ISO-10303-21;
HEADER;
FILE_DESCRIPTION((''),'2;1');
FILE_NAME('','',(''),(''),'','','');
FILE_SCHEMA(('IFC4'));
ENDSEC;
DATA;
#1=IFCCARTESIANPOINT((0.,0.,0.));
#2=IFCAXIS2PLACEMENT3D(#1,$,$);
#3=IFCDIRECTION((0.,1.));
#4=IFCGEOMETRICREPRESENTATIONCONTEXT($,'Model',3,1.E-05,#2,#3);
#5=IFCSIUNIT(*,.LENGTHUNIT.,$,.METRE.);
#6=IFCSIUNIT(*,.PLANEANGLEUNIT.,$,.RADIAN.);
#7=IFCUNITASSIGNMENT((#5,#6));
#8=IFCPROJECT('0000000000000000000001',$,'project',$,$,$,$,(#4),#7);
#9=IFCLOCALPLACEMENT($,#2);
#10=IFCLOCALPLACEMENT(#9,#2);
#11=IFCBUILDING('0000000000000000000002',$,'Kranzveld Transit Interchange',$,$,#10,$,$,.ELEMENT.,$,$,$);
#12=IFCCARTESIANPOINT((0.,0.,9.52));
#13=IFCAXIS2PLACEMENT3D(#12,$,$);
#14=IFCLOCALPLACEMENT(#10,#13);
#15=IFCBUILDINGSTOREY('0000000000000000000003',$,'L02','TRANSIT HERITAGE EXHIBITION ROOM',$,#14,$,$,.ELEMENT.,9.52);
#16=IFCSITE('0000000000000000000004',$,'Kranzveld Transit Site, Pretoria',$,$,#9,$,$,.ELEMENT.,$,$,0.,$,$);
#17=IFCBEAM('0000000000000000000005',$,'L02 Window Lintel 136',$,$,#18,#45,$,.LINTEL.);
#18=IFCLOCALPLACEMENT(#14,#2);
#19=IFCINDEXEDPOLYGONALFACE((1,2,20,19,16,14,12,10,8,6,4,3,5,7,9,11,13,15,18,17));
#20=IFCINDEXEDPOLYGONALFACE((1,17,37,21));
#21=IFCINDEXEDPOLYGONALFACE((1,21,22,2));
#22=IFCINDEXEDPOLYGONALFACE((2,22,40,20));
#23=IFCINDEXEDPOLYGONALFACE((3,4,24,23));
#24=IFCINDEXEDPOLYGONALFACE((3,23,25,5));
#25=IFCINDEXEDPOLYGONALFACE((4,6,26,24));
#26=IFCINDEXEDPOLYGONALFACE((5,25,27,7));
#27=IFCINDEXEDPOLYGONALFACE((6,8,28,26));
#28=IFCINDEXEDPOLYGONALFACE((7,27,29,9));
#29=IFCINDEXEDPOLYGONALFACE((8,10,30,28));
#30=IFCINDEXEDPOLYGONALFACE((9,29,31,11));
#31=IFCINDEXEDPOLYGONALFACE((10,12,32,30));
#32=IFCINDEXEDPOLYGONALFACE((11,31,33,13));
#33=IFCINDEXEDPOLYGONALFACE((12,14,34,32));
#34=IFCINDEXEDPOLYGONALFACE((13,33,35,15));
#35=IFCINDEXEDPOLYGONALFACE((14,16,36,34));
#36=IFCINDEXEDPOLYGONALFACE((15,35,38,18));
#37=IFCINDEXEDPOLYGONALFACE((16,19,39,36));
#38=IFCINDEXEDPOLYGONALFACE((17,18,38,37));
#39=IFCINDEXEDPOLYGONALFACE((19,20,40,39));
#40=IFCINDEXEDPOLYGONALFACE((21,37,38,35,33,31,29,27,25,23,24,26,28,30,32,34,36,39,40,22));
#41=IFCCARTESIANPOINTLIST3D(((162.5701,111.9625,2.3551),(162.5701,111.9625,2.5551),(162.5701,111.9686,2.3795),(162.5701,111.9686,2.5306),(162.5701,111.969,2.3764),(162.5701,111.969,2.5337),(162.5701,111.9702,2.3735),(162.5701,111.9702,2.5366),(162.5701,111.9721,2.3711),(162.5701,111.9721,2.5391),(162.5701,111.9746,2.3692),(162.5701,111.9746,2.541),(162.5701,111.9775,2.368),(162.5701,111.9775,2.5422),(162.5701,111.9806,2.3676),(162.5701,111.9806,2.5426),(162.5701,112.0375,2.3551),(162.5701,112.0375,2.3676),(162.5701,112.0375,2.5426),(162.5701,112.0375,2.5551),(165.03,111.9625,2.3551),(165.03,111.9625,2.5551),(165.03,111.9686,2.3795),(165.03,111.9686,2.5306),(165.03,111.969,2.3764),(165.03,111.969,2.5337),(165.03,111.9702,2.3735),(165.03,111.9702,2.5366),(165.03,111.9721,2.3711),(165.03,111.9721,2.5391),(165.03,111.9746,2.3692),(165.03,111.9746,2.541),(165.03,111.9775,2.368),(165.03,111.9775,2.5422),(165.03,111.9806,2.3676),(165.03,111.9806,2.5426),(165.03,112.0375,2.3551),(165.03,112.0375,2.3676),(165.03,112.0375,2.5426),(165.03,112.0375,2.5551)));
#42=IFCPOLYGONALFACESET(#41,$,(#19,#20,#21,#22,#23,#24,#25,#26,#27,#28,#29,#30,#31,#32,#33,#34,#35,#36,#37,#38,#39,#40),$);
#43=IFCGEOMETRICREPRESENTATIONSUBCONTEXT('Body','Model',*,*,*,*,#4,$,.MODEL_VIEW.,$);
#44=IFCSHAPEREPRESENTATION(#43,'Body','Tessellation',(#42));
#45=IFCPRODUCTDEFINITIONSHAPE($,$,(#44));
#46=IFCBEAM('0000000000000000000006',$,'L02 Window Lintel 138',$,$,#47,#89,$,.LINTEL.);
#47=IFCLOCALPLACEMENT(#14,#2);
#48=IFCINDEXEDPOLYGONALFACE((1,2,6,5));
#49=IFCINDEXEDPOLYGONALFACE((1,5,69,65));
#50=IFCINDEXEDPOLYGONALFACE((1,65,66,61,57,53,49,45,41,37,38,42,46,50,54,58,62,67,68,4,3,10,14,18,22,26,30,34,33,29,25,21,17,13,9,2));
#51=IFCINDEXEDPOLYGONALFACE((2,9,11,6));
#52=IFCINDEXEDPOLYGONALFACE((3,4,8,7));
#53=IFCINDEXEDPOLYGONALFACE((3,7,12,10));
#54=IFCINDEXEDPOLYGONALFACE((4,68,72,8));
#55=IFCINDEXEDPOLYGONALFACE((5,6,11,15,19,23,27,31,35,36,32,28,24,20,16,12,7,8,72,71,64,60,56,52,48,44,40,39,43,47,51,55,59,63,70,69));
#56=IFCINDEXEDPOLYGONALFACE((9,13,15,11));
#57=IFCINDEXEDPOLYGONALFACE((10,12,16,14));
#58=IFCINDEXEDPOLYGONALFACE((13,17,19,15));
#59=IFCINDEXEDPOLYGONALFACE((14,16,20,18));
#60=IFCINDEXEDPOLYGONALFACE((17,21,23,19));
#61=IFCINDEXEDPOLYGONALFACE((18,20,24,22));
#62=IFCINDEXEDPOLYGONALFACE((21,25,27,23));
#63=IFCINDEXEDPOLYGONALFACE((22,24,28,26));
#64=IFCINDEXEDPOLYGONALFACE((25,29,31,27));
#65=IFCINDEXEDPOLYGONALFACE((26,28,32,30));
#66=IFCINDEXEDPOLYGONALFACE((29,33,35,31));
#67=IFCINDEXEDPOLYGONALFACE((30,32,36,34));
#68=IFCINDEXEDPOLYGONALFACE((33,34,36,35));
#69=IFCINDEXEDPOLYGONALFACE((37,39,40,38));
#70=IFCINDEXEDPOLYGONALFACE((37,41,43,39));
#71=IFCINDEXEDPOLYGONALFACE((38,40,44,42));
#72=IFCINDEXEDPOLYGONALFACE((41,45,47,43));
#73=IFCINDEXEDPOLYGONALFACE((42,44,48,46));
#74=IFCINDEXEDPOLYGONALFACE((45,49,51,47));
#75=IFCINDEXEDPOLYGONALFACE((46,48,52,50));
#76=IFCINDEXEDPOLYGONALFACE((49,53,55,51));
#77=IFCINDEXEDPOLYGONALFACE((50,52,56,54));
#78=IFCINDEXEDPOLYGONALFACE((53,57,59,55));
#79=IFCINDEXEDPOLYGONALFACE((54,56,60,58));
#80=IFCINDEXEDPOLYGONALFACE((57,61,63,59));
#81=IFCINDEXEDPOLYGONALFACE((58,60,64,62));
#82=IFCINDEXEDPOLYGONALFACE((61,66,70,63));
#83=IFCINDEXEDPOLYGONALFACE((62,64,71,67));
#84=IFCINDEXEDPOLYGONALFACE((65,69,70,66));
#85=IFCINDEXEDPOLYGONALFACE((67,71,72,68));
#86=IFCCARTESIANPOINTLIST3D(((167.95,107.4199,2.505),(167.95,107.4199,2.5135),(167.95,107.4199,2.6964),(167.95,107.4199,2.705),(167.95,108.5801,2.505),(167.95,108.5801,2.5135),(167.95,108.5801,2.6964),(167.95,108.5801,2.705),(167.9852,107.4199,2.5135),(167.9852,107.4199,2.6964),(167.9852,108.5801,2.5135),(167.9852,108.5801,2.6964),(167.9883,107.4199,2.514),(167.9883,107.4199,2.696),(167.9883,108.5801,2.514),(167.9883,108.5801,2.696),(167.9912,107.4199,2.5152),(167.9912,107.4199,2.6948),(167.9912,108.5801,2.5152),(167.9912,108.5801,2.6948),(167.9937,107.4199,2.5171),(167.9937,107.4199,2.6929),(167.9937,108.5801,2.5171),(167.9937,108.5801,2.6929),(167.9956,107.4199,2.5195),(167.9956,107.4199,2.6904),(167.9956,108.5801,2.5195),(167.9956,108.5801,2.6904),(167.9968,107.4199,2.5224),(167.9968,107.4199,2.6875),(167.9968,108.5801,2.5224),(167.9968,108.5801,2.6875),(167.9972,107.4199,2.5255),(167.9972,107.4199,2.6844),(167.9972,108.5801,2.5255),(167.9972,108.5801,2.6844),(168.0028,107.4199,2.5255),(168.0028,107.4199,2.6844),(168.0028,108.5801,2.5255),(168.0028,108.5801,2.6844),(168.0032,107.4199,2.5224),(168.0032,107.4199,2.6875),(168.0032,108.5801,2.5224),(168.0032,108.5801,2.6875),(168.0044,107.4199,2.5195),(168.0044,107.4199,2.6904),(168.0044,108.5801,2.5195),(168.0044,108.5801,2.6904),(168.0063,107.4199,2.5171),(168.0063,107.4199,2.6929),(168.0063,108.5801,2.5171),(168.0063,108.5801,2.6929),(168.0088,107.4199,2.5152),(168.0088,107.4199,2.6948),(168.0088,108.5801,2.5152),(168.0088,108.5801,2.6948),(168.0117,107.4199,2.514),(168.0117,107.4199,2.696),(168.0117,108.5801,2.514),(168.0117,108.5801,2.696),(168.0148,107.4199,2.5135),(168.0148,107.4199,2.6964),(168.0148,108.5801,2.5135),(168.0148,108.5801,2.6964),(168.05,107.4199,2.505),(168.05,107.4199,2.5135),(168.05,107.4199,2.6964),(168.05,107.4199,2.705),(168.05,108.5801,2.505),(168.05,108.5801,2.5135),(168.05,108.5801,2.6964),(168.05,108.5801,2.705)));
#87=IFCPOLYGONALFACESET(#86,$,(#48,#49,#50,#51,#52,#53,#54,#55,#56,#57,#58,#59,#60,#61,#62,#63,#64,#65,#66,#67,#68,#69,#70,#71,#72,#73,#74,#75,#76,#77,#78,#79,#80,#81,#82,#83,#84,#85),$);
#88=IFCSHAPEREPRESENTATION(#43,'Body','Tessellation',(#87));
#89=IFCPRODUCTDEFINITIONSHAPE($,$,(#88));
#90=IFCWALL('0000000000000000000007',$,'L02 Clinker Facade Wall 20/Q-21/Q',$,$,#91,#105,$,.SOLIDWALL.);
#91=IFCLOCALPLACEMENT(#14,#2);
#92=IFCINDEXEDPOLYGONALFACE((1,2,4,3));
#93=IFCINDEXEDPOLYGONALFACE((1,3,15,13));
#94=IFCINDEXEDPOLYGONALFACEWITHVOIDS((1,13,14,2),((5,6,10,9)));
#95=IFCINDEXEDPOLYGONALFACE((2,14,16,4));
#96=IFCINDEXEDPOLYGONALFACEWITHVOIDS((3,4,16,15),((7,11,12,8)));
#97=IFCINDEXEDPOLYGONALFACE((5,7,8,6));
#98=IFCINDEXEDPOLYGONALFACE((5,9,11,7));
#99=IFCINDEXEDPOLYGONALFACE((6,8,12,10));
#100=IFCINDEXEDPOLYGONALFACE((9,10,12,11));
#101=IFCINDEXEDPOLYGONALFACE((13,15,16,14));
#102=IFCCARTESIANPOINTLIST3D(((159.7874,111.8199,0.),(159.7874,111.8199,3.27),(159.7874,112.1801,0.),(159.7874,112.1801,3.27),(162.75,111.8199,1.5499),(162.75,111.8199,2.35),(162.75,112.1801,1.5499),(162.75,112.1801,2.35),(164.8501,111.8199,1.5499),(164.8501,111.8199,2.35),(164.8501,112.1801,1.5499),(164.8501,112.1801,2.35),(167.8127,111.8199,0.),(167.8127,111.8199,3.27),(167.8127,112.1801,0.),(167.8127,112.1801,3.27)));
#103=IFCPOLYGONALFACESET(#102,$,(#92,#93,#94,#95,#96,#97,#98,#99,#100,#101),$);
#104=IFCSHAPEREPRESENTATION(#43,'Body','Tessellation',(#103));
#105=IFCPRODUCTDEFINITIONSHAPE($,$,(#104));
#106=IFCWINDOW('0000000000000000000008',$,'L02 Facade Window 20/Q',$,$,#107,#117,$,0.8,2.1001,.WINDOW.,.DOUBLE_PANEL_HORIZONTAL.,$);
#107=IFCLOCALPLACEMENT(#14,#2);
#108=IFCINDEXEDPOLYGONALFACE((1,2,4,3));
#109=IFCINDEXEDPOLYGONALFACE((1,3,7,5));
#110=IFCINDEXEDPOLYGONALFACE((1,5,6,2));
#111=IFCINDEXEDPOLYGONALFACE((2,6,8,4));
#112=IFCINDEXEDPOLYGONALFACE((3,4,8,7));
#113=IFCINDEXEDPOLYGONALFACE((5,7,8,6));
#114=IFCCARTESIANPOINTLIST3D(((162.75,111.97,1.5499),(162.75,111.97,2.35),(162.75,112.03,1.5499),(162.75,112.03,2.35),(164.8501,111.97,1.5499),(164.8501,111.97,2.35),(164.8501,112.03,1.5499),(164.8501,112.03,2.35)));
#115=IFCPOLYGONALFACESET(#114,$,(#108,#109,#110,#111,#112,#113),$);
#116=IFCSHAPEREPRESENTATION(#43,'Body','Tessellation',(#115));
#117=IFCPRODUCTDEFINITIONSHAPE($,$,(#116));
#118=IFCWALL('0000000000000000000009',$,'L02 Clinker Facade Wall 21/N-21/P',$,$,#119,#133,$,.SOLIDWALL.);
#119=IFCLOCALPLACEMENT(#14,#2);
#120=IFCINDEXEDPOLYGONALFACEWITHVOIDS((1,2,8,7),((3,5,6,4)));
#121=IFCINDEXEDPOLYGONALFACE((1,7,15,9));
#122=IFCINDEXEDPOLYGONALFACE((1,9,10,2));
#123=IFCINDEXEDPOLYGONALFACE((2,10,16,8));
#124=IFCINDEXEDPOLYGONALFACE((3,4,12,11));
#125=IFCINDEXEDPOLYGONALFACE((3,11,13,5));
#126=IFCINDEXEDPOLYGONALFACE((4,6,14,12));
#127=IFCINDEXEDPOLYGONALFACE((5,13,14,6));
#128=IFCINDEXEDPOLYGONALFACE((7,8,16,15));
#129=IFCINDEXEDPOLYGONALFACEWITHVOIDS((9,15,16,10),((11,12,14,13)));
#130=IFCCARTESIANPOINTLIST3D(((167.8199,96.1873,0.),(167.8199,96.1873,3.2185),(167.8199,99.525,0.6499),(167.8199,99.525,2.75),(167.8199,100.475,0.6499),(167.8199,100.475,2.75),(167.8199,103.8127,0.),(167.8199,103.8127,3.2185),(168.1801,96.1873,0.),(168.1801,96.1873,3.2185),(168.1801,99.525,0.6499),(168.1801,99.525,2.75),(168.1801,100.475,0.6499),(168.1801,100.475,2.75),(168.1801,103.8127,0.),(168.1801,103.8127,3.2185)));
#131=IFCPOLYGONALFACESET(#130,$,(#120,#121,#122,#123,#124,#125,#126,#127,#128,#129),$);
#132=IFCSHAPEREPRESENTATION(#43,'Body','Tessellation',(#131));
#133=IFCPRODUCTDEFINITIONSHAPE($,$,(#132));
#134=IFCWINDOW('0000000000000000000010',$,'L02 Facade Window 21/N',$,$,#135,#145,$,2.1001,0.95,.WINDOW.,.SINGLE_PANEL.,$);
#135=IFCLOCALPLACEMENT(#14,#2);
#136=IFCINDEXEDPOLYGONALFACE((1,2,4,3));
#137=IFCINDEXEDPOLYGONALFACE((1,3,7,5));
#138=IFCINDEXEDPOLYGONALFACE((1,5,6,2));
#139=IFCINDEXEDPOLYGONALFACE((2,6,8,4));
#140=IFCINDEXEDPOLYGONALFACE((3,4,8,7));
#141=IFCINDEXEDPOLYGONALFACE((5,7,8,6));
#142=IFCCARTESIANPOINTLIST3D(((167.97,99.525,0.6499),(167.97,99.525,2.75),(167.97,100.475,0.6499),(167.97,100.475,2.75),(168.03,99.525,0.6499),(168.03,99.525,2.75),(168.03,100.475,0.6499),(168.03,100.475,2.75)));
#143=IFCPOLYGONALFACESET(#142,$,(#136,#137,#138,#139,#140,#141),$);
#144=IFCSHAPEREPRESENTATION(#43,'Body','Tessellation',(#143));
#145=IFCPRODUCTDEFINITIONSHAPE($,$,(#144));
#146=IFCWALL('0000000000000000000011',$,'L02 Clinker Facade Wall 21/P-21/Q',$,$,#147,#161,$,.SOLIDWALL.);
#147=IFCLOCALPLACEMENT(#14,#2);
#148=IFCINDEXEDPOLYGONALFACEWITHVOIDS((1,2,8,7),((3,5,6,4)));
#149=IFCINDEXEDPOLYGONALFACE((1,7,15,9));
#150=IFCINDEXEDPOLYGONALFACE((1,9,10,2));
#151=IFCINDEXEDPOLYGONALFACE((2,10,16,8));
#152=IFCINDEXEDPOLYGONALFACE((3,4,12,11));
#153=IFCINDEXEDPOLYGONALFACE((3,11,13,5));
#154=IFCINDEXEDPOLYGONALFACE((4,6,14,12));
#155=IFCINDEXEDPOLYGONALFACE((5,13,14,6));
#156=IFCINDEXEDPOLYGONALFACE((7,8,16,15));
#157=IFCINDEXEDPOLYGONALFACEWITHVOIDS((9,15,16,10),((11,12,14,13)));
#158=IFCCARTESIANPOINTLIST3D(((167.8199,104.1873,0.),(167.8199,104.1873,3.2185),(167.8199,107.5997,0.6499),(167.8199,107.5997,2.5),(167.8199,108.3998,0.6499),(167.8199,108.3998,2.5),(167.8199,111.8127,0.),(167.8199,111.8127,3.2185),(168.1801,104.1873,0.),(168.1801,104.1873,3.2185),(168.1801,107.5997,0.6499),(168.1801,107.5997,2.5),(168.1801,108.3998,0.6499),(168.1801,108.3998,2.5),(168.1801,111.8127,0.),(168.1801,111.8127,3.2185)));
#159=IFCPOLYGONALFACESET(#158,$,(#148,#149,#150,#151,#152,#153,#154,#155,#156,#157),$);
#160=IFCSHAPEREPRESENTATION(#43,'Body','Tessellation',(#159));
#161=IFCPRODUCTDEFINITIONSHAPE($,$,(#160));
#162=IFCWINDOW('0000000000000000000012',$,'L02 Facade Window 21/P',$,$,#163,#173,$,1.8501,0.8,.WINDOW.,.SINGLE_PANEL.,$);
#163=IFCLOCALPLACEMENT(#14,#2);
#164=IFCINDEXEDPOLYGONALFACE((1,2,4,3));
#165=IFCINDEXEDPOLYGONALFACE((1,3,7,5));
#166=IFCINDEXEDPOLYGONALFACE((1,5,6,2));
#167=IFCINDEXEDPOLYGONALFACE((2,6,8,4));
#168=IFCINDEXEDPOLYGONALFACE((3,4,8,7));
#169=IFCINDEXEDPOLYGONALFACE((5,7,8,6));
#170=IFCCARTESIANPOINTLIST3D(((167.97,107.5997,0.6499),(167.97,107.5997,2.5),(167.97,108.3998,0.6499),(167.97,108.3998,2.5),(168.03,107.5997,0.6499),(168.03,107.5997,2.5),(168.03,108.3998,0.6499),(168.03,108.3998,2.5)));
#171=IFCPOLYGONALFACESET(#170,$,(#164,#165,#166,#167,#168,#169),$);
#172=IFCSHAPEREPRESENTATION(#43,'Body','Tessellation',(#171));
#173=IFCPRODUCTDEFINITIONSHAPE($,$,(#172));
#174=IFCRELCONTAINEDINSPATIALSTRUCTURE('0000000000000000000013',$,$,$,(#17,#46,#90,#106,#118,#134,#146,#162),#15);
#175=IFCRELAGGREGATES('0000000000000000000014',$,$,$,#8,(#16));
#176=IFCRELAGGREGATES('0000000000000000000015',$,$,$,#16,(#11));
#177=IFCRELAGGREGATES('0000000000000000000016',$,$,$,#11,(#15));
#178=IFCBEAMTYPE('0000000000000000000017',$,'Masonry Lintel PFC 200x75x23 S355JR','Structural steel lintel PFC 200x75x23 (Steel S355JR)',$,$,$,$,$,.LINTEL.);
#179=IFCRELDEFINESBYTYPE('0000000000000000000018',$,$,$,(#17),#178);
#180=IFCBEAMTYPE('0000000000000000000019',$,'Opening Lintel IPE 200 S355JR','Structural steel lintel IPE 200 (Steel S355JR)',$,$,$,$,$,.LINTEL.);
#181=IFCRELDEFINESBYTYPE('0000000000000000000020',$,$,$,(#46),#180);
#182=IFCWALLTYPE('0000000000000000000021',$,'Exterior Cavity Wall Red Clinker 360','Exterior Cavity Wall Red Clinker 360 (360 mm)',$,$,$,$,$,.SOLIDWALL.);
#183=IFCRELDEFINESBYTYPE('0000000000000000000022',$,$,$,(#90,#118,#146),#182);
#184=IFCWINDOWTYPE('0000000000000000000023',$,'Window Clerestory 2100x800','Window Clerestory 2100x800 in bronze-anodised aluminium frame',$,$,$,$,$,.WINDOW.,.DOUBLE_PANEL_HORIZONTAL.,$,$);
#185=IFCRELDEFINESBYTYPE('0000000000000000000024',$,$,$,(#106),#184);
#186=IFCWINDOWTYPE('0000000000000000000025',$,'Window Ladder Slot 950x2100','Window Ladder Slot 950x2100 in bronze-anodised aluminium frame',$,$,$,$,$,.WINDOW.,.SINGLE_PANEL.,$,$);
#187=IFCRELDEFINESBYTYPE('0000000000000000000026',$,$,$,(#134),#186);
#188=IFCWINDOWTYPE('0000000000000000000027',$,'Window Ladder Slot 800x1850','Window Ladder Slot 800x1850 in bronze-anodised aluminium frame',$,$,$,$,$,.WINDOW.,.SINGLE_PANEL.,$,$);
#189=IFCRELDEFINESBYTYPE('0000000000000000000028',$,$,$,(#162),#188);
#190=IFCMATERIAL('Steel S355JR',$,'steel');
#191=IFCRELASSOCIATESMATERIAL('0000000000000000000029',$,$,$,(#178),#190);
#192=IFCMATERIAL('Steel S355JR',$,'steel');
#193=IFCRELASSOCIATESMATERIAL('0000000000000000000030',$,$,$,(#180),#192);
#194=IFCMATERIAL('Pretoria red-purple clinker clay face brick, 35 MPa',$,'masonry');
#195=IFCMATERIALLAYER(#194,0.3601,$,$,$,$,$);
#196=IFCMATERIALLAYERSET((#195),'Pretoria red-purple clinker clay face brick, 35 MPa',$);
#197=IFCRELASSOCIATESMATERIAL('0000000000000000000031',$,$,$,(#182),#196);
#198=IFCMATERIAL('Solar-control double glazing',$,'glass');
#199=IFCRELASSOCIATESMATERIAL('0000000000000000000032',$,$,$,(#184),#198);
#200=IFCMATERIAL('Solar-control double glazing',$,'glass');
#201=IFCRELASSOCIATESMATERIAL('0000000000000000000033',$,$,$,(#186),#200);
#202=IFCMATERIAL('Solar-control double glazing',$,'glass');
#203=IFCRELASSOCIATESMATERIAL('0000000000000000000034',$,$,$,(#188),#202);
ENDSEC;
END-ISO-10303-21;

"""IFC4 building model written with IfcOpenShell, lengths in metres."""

from ifc_helpers import new_model, si_unit, direction, frame, frame_2d, origin, origin_2d, place, context, subcontext, project, spatial, rectangle, i_section, u_section, extrude, material, layer, layer_set, material_profile, profile_set, type_object, element, fill, save


model = new_model("IFC4")

# Units and contexts
model_context = context("Model", 3, precision=1e-05, world=origin(), true_north=direction((0.0, 1.0)))
body_context = subcontext(model_context, "Body", "Model", "MODEL_VIEW")
ifc_project = project(units=[si_unit("LENGTHUNIT", "METRE"), si_unit("PLANEANGLEUNIT", "RADIAN")], contexts=[model_context])

# Site, building, storey
site_placement = place(None, origin())
site = spatial("IfcSite", under=ifc_project, at=site_placement, Name="Kranzveld Transit Site, Pretoria", CompositionType="ELEMENT", RefElevation=0.0)
building_placement = place(site_placement, origin())
building = spatial("IfcBuilding", under=site, at=building_placement, Name="Kranzveld Transit Interchange", CompositionType="ELEMENT")
storey_placement = place(building_placement, frame((0.0, 0.0, 9.52)))
storey = spatial("IfcBuildingStorey", under=building, at=storey_placement, Name="L02", Description="TRANSIT HERITAGE EXHIBITION ROOM", CompositionType="ELEMENT", Elevation=9.52)

# Beams
ifc_material_1 = material(Name="Steel S355JR", Category="steel")
ifc_material_profile_1 = material_profile(ifc_material_1, u_section(Depth=0.2, FlangeWidth=0.075, WebThickness=0.0061, FlangeThickness=0.0125, FilletRadius=0.012, at=origin_2d()), Name="PFC 200x75x23")
ifc_profile_set_1 = profile_set([ifc_material_profile_1], Name="Steel S355JR")
beam_type_1 = type_object("IfcBeamType", Name="Masonry Lintel PFC 200x75x23 S355JR", Description="Structural steel lintel PFC 200x75x23 (Steel S355JR)", PredefinedType="LINTEL", material=ifc_profile_set_1)
beam_1_placement = place(storey_placement, frame((162.5701, 112.0, 2.4551), z_axis=(1.0, 0.0, 0.0), x_axis=(0.0, 1.0, 0.0)))
element("IfcBeam", 1, at=beam_1_placement, inside=storey, type_object=beam_type_1, Name="L02 Window Lintel 136", PredefinedType="LINTEL", context=body_context, shape_type="SweptSolid", body=[
    extrude(u_section(Depth=0.2, FlangeWidth=0.075, WebThickness=0.0061, FlangeThickness=0.0125, FilletRadius=0.012, at=origin_2d()), origin(), (0.0, 0.0, 1.0), 2.46),
])
ifc_material_2 = material(Name="Steel S355JR", Category="steel")
ifc_material_profile_2 = material_profile(ifc_material_2, i_section(OverallWidth=0.1001, OverallDepth=0.2, WebThickness=0.0056, FlangeThickness=0.0085, FilletRadius=0.012, at=origin_2d()), Name="IPE 200")
ifc_profile_set_2 = profile_set([ifc_material_profile_2], Name="Steel S355JR")
beam_type_2 = type_object("IfcBeamType", Name="Opening Lintel IPE 200 S355JR", Description="Structural steel lintel IPE 200 (Steel S355JR)", PredefinedType="LINTEL", material=ifc_profile_set_2)
beam_2_placement = place(storey_placement, frame((168.0, 107.4199, 2.605), z_axis=(0.0, 1.0, 0.0), x_axis=(-1.0, 0.0, 0.0)))
element("IfcBeam", 2, at=beam_2_placement, inside=storey, type_object=beam_type_2, Name="L02 Window Lintel 138", PredefinedType="LINTEL", context=body_context, shape_type="SweptSolid", body=[
    extrude(i_section(OverallWidth=0.1001, OverallDepth=0.2, WebThickness=0.0056, FlangeThickness=0.0085, FilletRadius=0.012, at=origin_2d()), origin(), (0.0, 0.0, 1.0), 1.1602),
])

# Walls, openings, windows
ifc_material_3 = material(Name="Pretoria red-purple clinker clay face brick, 35 MPa", Category="masonry")
ifc_layer_1 = layer(ifc_material_3, 0.3601)
ifc_layer_set_1 = layer_set([ifc_layer_1], Name="Pretoria red-purple clinker clay face brick, 35 MPa")
wall_type = type_object("IfcWallType", Name="Exterior Cavity Wall Red Clinker 360", Description="Exterior Cavity Wall Red Clinker 360 (360 mm)", PredefinedType="SOLIDWALL", material=ifc_layer_set_1)
wall_1_placement = place(storey_placement, frame((159.7874, 112.0, 0.0), z_axis=(0.0, 0.0, 1.0), x_axis=(1.0, 0.0, 0.0)))
wall_1 = element("IfcWall", 3, at=wall_1_placement, inside=storey, type_object=wall_type, Name="L02 Clinker Facade Wall 20/Q-21/Q", PredefinedType="SOLIDWALL", context=body_context, shape_type="SweptSolid", body=[
    extrude(rectangle(XDim=8.0254, YDim=0.3601, at=frame_2d((4.0127, 0.0))), origin(), (0.0, 0.0, 1.0), 3.27),
])
opening_1_placement = place(wall_1_placement, frame((2.9626, 0.0, 1.55), z_axis=(0.0, 0.0, 1.0), x_axis=(1.0, 0.0, 0.0)))
opening_1 = element("IfcOpeningElement", 4, at=opening_1_placement, cuts=wall_1, PredefinedType="OPENING", context=body_context, shape_type="SweptSolid", body=[
    extrude(rectangle(XDim=2.1001, YDim=0.8, at=frame_2d((1.05, 0.3999))), frame((0.0, 0.1899, 0.0), z_axis=(0.0, -1.0, 0.0), x_axis=(1.0, 0.0, 0.0)), (0.0, 0.0, 1.0), 0.3801),
])
ifc_material_4 = material(Name="Solar-control double glazing", Category="glass")
window_type_1 = type_object("IfcWindowType", Name="Window Clerestory 2100x800", Description="Window Clerestory 2100x800 in bronze-anodised aluminium frame", PartitioningType="DOUBLE_PANEL_HORIZONTAL", PredefinedType="WINDOW", material=ifc_material_4)
window_1_placement = place(opening_1_placement, origin())
window_1 = element("IfcWindow", 5, at=window_1_placement, inside=storey, type_object=window_type_1, Name="L02 Facade Window 20/Q", OverallHeight=0.8, OverallWidth=2.1001, PartitioningType="DOUBLE_PANEL_HORIZONTAL", PredefinedType="WINDOW", context=body_context, shape_type="SweptSolid", body=[
    extrude(rectangle(XDim=2.1001, YDim=0.8, at=frame_2d((1.05, 0.3999))), frame((0.0, 0.03, 0.0), z_axis=(0.0, -1.0, 0.0), x_axis=(1.0, 0.0, 0.0)), (0.0, 0.0, 1.0), 0.0601),
])
fill(opening_1, window_1)
wall_2_placement = place(storey_placement, frame((168.0, 96.1873, 0.0), z_axis=(0.0, 0.0, 1.0), x_axis=(0.0, 1.0, 0.0)))
wall_2 = element("IfcWall", 6, at=wall_2_placement, inside=storey, type_object=wall_type, Name="L02 Clinker Facade Wall 21/N-21/P", PredefinedType="SOLIDWALL", context=body_context, shape_type="SweptSolid", body=[
    extrude(rectangle(XDim=7.6255, YDim=0.3601, at=frame_2d((3.8127, 0.0))), origin(), (0.0, 0.0, 1.0), 3.2185),
])
opening_2_placement = place(wall_2_placement, frame((3.3376, 0.0, 0.6499), z_axis=(0.0, 0.0, 1.0), x_axis=(1.0, 0.0, 0.0)))
opening_2 = element("IfcOpeningElement", 7, at=opening_2_placement, cuts=wall_2, PredefinedType="OPENING", context=body_context, shape_type="SweptSolid", body=[
    extrude(rectangle(XDim=0.95, YDim=2.1001, at=frame_2d((0.4751, 1.05))), frame((0.0, 0.1899, 0.0), z_axis=(0.0, -1.0, 0.0), x_axis=(1.0, 0.0, 0.0)), (0.0, 0.0, 1.0), 0.3801),
])
ifc_material_5 = material(Name="Solar-control double glazing", Category="glass")
window_type_2 = type_object("IfcWindowType", Name="Window Ladder Slot 950x2100", Description="Window Ladder Slot 950x2100 in bronze-anodised aluminium frame", PartitioningType="SINGLE_PANEL", PredefinedType="WINDOW", material=ifc_material_5)
window_2_placement = place(opening_2_placement, origin())
window_2 = element("IfcWindow", 8, at=window_2_placement, inside=storey, type_object=window_type_2, Name="L02 Facade Window 21/N", OverallHeight=2.1001, OverallWidth=0.95, PartitioningType="SINGLE_PANEL", PredefinedType="WINDOW", context=body_context, shape_type="SweptSolid", body=[
    extrude(rectangle(XDim=0.95, YDim=2.1001, at=frame_2d((0.4751, 1.05))), frame((0.0, 0.03, 0.0), z_axis=(0.0, -1.0, 0.0), x_axis=(1.0, 0.0, 0.0)), (0.0, 0.0, 1.0), 0.0601),
])
fill(opening_2, window_2)
wall_3_placement = place(storey_placement, frame((168.0, 104.1873, 0.0), z_axis=(0.0, 0.0, 1.0), x_axis=(0.0, 1.0, 0.0)))
wall_3 = element("IfcWall", 9, at=wall_3_placement, inside=storey, type_object=wall_type, Name="L02 Clinker Facade Wall 21/P-21/Q", PredefinedType="SOLIDWALL", context=body_context, shape_type="SweptSolid", body=[
    extrude(rectangle(XDim=7.6255, YDim=0.3601, at=frame_2d((3.8127, 0.0))), origin(), (0.0, 0.0, 1.0), 3.2185),
])
opening_3_placement = place(wall_3_placement, frame((3.4126, 0.0, 0.6499), z_axis=(0.0, 0.0, 1.0), x_axis=(1.0, 0.0, 0.0)))
opening_3 = element("IfcOpeningElement", 10, at=opening_3_placement, cuts=wall_3, PredefinedType="OPENING", context=body_context, shape_type="SweptSolid", body=[
    extrude(rectangle(XDim=0.8, YDim=1.8501, at=frame_2d((0.3999, 0.925))), frame((0.0, 0.1899, 0.0), z_axis=(0.0, -1.0, 0.0), x_axis=(1.0, 0.0, 0.0)), (0.0, 0.0, 1.0), 0.3801),
])
ifc_material_6 = material(Name="Solar-control double glazing", Category="glass")
window_type_3 = type_object("IfcWindowType", Name="Window Ladder Slot 800x1850", Description="Window Ladder Slot 800x1850 in bronze-anodised aluminium frame", PartitioningType="SINGLE_PANEL", PredefinedType="WINDOW", material=ifc_material_6)
window_3_placement = place(opening_3_placement, origin())
window_3 = element("IfcWindow", 11, at=window_3_placement, inside=storey, type_object=window_type_3, Name="L02 Facade Window 21/P", OverallHeight=1.8501, OverallWidth=0.8, PartitioningType="SINGLE_PANEL", PredefinedType="WINDOW", context=body_context, shape_type="SweptSolid", body=[
    extrude(rectangle(XDim=0.8, YDim=1.8501, at=frame_2d((0.3999, 0.925))), frame((0.0, 0.03, 0.0), z_axis=(0.0, -1.0, 0.0), x_axis=(1.0, 0.0, 0.0)), (0.0, 0.0, 1.0), 0.0601),
])
fill(opening_3, window_3)

save(model, "model.ifc")
